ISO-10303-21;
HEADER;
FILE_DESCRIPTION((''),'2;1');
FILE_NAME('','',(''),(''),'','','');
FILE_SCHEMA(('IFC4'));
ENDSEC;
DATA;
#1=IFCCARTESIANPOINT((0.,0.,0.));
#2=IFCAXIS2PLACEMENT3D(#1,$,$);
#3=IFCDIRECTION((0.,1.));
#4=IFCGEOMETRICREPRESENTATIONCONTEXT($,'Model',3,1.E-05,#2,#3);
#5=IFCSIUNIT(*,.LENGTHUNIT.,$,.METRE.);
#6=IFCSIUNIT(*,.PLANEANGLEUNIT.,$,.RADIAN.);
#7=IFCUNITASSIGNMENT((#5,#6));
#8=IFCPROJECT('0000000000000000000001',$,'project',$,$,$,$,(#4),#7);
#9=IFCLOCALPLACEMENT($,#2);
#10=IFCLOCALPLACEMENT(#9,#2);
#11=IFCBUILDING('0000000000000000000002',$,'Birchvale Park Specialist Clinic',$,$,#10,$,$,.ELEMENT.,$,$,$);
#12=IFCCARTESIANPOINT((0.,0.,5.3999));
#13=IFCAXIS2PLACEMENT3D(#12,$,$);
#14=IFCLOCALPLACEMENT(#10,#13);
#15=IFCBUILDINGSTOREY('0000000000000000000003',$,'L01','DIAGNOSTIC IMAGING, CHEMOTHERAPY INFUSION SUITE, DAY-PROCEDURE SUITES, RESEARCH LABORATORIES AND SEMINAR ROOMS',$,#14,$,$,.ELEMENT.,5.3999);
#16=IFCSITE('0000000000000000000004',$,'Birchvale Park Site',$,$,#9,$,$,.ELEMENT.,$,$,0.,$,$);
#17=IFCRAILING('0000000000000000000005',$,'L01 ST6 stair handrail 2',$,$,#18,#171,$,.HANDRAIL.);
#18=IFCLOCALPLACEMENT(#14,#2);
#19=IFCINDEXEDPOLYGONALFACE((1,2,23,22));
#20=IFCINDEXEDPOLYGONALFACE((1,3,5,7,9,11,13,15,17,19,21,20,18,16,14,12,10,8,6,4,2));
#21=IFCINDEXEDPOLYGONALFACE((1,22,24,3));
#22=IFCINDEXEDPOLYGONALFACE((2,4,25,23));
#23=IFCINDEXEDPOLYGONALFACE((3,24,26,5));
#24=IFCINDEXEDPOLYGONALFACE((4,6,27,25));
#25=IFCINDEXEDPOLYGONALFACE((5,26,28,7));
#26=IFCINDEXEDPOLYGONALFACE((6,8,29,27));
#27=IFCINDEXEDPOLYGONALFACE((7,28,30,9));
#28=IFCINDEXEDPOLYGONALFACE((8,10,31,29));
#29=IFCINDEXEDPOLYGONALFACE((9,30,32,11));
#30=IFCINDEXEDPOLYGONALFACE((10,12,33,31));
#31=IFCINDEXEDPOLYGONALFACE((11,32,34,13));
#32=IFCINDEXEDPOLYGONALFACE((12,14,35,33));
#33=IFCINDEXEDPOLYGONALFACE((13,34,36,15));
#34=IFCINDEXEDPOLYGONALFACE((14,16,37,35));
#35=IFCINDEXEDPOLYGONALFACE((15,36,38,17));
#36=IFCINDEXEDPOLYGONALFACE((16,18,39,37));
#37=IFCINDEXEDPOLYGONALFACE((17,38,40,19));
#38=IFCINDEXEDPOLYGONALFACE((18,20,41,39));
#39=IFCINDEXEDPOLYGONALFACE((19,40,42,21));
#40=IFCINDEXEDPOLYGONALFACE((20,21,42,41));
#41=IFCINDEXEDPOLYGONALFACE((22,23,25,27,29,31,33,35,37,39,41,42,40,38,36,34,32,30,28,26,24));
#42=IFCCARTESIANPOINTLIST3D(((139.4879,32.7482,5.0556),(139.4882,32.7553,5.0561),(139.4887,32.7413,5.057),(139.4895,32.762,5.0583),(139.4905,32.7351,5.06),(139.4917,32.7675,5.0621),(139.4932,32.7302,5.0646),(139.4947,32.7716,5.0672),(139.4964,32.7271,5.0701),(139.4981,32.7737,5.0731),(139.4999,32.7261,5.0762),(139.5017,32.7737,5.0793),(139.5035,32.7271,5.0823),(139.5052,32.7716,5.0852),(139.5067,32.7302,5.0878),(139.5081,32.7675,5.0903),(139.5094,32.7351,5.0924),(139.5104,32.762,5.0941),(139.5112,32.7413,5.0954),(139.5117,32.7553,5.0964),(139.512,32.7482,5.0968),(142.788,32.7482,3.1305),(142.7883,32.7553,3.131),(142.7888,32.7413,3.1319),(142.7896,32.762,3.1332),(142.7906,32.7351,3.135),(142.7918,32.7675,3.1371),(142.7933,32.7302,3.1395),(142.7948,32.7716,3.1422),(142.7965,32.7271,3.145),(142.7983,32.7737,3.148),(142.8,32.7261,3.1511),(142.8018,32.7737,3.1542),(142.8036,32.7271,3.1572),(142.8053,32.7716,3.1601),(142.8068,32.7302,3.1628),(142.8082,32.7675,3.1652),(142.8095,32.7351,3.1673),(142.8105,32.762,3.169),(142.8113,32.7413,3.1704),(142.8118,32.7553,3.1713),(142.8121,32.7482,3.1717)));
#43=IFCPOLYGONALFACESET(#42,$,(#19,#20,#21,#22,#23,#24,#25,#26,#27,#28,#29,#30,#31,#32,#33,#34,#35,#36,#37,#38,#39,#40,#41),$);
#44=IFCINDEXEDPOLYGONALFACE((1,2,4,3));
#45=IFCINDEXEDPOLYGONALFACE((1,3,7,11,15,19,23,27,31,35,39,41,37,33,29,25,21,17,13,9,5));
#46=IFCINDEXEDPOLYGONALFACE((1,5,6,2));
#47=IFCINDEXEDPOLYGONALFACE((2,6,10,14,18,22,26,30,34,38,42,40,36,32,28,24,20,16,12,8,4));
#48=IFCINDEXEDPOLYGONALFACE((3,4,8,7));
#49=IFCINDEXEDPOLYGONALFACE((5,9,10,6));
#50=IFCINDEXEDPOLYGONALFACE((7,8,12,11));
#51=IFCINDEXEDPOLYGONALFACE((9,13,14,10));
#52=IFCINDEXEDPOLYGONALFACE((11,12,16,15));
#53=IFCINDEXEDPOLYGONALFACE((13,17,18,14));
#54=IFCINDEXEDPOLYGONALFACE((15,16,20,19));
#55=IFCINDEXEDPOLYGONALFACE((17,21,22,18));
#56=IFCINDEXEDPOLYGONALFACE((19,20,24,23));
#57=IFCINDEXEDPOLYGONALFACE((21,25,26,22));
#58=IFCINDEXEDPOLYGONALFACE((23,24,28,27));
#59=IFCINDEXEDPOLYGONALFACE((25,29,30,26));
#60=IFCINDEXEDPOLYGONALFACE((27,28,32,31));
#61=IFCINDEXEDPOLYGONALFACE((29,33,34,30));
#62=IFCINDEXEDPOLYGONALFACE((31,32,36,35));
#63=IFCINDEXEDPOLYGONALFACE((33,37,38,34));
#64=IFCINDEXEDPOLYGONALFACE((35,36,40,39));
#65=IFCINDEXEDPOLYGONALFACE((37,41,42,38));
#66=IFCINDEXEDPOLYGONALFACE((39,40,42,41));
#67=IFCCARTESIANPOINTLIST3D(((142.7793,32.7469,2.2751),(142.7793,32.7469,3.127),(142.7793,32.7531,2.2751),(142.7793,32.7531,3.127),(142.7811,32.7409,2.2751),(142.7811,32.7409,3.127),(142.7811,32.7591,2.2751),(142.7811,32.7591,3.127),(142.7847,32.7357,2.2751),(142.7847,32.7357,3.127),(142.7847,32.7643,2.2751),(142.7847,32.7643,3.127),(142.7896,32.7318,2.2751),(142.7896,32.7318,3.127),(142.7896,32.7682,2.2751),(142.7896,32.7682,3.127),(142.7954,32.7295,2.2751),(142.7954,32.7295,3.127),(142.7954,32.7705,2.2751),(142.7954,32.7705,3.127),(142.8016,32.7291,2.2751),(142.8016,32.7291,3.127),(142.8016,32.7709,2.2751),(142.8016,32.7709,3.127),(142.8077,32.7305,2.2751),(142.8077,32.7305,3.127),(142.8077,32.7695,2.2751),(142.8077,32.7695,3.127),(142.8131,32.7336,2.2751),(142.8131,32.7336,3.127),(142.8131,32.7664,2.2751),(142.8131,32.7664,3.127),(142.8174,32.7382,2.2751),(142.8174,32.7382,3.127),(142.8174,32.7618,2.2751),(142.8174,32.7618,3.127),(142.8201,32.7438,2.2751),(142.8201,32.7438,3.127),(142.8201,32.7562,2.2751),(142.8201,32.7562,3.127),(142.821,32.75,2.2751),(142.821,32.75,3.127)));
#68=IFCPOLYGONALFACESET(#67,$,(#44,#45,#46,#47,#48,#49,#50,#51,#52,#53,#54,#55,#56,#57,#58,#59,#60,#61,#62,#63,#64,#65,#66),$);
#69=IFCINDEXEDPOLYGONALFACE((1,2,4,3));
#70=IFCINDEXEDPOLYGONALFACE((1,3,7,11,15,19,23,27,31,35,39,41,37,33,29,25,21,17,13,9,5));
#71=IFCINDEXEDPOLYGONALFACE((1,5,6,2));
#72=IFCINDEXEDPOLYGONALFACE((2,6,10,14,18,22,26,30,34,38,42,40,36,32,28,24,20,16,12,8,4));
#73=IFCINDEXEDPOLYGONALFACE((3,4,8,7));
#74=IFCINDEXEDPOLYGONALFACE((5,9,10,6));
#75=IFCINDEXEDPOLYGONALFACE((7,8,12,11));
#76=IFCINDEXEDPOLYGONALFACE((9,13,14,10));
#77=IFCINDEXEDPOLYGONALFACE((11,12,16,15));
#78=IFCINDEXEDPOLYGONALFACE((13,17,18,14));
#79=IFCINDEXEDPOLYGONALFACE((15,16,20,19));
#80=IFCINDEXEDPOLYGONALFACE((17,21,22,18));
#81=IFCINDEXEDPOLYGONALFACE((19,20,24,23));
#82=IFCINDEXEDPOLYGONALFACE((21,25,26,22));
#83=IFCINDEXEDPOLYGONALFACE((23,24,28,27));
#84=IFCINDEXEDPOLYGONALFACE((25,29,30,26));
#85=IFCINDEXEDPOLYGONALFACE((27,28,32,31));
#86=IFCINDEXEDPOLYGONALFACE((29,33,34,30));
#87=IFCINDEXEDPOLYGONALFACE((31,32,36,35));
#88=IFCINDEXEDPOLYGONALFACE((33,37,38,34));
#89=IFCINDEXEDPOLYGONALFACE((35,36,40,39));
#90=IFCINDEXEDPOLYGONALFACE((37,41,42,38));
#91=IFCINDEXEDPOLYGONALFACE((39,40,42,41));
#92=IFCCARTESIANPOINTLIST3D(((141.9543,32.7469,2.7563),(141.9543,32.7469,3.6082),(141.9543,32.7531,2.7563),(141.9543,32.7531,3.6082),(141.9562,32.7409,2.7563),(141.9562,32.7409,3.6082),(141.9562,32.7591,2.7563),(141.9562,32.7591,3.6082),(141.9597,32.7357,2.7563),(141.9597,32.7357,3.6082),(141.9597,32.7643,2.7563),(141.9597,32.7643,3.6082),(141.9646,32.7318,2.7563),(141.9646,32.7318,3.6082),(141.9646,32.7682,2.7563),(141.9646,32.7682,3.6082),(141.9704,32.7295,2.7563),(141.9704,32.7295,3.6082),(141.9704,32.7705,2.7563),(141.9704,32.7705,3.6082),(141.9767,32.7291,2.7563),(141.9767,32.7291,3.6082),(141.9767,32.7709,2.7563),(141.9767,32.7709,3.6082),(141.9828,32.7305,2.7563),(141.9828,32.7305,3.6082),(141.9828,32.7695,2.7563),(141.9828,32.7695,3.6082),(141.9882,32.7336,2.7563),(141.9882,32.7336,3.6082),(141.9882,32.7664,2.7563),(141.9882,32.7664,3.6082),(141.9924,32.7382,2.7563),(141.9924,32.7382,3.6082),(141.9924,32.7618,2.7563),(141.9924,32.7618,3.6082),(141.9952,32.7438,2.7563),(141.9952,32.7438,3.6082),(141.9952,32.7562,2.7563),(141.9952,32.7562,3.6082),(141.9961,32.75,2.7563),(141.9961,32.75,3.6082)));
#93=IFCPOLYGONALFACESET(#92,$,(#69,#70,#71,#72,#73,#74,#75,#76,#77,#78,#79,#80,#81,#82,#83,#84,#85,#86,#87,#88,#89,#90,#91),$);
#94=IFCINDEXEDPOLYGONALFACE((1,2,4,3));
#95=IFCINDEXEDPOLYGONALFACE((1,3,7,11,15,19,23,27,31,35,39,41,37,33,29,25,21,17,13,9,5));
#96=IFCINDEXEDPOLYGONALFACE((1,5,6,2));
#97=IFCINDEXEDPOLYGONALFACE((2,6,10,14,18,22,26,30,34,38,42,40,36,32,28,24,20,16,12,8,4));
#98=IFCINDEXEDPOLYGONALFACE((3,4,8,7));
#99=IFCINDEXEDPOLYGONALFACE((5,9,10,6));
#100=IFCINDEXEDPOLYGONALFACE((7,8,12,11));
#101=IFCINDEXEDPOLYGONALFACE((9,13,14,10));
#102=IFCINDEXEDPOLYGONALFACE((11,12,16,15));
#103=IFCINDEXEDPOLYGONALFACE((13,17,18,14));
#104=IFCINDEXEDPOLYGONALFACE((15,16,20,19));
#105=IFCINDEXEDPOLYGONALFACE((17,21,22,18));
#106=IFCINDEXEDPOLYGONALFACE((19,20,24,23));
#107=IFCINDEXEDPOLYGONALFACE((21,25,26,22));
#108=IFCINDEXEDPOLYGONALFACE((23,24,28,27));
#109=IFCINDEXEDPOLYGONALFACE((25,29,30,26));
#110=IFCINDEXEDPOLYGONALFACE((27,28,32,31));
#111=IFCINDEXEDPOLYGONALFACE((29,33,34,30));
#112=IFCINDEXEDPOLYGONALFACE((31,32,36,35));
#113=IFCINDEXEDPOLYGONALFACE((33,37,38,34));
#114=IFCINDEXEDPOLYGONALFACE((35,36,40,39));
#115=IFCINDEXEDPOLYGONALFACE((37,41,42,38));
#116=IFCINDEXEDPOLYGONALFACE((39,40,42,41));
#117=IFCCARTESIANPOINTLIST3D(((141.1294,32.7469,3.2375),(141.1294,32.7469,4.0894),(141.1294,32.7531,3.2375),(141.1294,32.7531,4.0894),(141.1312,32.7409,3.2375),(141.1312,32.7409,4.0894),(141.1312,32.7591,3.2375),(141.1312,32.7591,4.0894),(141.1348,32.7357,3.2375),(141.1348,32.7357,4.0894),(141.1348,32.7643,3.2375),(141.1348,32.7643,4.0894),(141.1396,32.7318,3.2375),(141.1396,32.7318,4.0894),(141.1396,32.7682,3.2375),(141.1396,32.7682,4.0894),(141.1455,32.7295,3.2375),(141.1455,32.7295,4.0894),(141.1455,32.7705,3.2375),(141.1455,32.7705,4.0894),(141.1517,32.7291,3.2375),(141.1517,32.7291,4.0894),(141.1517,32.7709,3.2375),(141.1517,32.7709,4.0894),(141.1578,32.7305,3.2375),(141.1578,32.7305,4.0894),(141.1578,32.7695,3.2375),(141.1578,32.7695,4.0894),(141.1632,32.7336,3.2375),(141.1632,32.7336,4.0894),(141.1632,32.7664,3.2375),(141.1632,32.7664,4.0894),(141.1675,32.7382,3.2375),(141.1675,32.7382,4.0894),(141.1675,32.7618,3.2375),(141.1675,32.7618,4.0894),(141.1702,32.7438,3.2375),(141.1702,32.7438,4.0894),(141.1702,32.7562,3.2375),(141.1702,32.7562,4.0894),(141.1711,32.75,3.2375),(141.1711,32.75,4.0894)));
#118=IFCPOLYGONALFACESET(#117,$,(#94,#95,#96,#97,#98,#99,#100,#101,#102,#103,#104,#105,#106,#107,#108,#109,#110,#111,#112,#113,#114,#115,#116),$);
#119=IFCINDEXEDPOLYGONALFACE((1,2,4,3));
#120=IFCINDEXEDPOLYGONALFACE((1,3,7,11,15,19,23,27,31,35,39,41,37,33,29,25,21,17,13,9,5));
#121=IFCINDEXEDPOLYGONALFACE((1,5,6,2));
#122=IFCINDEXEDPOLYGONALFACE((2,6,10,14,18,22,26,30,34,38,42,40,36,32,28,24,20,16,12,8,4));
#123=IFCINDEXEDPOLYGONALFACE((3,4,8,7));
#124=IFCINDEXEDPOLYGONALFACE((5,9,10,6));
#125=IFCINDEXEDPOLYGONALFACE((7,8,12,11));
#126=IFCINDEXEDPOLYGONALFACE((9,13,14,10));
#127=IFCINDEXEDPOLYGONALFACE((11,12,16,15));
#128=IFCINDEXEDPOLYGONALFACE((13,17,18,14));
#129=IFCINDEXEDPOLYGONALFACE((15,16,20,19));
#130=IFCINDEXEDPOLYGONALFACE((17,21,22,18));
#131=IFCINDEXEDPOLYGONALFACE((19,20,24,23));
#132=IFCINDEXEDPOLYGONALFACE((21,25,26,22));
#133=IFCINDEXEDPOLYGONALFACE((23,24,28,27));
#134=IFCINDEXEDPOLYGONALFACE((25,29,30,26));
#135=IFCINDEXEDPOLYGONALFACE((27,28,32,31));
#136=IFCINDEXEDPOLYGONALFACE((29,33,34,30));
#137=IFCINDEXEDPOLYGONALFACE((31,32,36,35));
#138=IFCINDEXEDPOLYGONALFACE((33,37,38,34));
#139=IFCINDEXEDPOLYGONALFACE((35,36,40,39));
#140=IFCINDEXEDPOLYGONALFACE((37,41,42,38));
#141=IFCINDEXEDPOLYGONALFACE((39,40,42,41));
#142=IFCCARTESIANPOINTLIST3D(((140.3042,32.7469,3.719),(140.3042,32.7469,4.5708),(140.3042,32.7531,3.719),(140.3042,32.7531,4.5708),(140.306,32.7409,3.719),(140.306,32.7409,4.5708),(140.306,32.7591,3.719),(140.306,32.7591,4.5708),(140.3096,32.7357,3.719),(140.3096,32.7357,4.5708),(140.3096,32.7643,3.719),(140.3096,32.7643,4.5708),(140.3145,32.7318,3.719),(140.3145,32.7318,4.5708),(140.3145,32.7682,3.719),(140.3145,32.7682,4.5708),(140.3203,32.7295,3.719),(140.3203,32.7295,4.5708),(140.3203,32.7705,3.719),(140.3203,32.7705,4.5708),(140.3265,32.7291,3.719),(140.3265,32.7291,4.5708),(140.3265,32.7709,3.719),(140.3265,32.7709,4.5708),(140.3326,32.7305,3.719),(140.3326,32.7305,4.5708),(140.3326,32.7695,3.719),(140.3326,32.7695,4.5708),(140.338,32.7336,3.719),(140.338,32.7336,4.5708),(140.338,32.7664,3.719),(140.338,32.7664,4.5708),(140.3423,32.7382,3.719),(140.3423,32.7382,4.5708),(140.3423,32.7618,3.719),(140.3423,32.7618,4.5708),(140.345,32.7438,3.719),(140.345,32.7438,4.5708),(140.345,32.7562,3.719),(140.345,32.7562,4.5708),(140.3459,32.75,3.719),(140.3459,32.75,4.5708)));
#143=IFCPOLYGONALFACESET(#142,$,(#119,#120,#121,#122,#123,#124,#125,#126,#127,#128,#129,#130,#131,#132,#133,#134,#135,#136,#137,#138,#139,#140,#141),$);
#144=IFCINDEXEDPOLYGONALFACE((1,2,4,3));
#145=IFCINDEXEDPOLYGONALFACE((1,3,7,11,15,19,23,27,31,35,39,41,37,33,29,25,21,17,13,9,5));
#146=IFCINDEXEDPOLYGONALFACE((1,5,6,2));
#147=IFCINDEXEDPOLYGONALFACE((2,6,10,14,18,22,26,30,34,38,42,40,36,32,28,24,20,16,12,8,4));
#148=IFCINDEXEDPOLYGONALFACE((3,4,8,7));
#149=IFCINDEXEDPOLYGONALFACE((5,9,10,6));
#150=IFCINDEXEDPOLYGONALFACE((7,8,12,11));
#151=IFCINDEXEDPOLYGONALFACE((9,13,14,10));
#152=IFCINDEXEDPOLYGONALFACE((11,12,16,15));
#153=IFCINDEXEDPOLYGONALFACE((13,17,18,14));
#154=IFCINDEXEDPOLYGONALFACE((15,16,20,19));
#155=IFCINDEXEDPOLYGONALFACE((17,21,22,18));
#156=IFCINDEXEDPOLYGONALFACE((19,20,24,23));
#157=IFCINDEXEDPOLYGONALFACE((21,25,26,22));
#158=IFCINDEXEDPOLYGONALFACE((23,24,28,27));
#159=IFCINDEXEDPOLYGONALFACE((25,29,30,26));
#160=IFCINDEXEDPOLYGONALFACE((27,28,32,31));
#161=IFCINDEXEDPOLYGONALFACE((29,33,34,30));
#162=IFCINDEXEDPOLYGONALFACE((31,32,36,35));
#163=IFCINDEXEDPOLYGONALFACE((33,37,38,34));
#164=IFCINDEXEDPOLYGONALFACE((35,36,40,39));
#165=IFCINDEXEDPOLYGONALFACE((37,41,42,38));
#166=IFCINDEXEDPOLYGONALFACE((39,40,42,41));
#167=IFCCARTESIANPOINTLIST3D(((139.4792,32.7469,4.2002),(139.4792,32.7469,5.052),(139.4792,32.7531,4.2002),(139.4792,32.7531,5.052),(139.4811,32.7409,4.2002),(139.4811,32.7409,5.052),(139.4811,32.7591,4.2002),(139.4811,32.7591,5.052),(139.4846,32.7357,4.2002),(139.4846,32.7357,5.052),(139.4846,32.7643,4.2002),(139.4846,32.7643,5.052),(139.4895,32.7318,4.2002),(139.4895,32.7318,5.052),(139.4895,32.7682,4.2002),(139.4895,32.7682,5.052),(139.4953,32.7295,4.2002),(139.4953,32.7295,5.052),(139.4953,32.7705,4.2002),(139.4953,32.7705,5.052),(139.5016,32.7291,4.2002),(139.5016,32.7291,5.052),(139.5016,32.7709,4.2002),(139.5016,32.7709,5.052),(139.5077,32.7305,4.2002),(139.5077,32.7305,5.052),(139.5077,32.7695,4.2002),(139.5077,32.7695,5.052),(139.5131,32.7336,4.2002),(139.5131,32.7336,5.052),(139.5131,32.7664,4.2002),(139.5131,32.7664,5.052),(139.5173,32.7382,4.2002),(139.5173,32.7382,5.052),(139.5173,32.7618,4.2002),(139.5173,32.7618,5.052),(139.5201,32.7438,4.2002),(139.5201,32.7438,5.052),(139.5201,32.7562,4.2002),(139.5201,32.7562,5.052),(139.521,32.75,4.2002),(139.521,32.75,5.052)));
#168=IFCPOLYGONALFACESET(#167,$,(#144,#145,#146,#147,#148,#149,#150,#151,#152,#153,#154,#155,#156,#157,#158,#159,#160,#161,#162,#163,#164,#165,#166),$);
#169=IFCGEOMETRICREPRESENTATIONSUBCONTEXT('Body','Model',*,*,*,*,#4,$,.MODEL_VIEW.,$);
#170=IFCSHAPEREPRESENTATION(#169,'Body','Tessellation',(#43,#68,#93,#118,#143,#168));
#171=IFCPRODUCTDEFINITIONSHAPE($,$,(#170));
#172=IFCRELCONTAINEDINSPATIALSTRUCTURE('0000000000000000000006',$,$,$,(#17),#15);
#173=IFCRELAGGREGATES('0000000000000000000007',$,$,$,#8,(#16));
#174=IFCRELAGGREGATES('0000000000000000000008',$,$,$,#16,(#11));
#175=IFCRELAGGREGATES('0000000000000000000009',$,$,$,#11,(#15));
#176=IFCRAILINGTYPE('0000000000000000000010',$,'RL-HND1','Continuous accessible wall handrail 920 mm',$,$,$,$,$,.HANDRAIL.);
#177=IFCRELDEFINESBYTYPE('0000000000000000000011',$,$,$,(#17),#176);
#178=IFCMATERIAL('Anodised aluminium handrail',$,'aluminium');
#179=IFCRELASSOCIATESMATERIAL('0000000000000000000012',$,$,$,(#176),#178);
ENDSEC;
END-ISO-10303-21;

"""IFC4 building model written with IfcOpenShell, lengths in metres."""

from ifc_helpers import new_model, si_unit, direction, frame, origin, origin_2d, place, context, subcontext, project, spatial, circle, extrude, material, type_object, element, save


model = new_model("IFC4")

# Units and contexts
model_context = context("Model", 3, precision=1e-05, world=origin(), true_north=direction((0.0, 1.0)))
body_context = subcontext(model_context, "Body", "Model", "MODEL_VIEW")
ifc_project = project(units=[si_unit("LENGTHUNIT", "METRE"), si_unit("PLANEANGLEUNIT", "RADIAN")], contexts=[model_context])

# Site, building, storey
site_placement = place(None, origin())
site = spatial("IfcSite", under=ifc_project, at=site_placement, Name="Birchvale Park Site", CompositionType="ELEMENT", RefElevation=0.0)
building_placement = place(site_placement, origin())
building = spatial("IfcBuilding", under=site, at=building_placement, Name="Birchvale Park Specialist Clinic", CompositionType="ELEMENT")
storey_placement = place(building_placement, frame((0.0, 0.0, 5.3999)))
storey = spatial("IfcBuildingStorey", under=building, at=storey_placement, Name="L01", Description="DIAGNOSTIC IMAGING, CHEMOTHERAPY INFUSION SUITE, DAY-PROCEDURE SUITES, RESEARCH LABORATORIES AND SEMINAR ROOMS", CompositionType="ELEMENT", Elevation=5.3999)

# Railing
ifc_material_1 = material(Name="Anodised aluminium handrail", Category="aluminium")
railing_type_1 = type_object("IfcRailingType", Name="RL-HND1", Description="Continuous accessible wall handrail 920 mm", PredefinedType="HANDRAIL", material=ifc_material_1)
railing_1_placement = place(storey_placement, frame((142.8, 32.75, 2.2751)))
element("IfcRailing", 1, at=railing_1_placement, inside=storey, type_object=railing_type_1, Name="L01 ST6 stair handrail 2", PredefinedType="HANDRAIL", context=body_context, shape_type="SweptSolid", body=[
    extrude(circle(Radius=0.0239, at=origin_2d()), frame((0.0, 0.0, 0.876), z_axis=(-0.863777, 0.0, 0.503875), x_axis=(0.0, -1.0, 0.0)), (0.0, 0.0, 1.0), 3.8206),
    extrude(circle(Radius=0.021, at=origin_2d()), origin(), (0.0, 0.0, 1.0), 0.8518),
    extrude(circle(Radius=0.021, at=origin_2d()), frame((-0.825, 0.0, 0.4812)), (0.0, 0.0, 1.0), 0.8518),
    extrude(circle(Radius=0.021, at=origin_2d()), frame((-1.6499, 0.0, 0.9624)), (0.0, 0.0, 1.0), 0.8518),
    extrude(circle(Radius=0.021, at=origin_2d()), frame((-2.4751, 0.0, 1.4438)), (0.0, 0.0, 1.0), 0.8518),
    extrude(circle(Radius=0.021, at=origin_2d()), frame((-3.3, 0.0, 1.925)), (0.0, 0.0, 1.0), 0.8518),
])

save(model, "model.ifc")
